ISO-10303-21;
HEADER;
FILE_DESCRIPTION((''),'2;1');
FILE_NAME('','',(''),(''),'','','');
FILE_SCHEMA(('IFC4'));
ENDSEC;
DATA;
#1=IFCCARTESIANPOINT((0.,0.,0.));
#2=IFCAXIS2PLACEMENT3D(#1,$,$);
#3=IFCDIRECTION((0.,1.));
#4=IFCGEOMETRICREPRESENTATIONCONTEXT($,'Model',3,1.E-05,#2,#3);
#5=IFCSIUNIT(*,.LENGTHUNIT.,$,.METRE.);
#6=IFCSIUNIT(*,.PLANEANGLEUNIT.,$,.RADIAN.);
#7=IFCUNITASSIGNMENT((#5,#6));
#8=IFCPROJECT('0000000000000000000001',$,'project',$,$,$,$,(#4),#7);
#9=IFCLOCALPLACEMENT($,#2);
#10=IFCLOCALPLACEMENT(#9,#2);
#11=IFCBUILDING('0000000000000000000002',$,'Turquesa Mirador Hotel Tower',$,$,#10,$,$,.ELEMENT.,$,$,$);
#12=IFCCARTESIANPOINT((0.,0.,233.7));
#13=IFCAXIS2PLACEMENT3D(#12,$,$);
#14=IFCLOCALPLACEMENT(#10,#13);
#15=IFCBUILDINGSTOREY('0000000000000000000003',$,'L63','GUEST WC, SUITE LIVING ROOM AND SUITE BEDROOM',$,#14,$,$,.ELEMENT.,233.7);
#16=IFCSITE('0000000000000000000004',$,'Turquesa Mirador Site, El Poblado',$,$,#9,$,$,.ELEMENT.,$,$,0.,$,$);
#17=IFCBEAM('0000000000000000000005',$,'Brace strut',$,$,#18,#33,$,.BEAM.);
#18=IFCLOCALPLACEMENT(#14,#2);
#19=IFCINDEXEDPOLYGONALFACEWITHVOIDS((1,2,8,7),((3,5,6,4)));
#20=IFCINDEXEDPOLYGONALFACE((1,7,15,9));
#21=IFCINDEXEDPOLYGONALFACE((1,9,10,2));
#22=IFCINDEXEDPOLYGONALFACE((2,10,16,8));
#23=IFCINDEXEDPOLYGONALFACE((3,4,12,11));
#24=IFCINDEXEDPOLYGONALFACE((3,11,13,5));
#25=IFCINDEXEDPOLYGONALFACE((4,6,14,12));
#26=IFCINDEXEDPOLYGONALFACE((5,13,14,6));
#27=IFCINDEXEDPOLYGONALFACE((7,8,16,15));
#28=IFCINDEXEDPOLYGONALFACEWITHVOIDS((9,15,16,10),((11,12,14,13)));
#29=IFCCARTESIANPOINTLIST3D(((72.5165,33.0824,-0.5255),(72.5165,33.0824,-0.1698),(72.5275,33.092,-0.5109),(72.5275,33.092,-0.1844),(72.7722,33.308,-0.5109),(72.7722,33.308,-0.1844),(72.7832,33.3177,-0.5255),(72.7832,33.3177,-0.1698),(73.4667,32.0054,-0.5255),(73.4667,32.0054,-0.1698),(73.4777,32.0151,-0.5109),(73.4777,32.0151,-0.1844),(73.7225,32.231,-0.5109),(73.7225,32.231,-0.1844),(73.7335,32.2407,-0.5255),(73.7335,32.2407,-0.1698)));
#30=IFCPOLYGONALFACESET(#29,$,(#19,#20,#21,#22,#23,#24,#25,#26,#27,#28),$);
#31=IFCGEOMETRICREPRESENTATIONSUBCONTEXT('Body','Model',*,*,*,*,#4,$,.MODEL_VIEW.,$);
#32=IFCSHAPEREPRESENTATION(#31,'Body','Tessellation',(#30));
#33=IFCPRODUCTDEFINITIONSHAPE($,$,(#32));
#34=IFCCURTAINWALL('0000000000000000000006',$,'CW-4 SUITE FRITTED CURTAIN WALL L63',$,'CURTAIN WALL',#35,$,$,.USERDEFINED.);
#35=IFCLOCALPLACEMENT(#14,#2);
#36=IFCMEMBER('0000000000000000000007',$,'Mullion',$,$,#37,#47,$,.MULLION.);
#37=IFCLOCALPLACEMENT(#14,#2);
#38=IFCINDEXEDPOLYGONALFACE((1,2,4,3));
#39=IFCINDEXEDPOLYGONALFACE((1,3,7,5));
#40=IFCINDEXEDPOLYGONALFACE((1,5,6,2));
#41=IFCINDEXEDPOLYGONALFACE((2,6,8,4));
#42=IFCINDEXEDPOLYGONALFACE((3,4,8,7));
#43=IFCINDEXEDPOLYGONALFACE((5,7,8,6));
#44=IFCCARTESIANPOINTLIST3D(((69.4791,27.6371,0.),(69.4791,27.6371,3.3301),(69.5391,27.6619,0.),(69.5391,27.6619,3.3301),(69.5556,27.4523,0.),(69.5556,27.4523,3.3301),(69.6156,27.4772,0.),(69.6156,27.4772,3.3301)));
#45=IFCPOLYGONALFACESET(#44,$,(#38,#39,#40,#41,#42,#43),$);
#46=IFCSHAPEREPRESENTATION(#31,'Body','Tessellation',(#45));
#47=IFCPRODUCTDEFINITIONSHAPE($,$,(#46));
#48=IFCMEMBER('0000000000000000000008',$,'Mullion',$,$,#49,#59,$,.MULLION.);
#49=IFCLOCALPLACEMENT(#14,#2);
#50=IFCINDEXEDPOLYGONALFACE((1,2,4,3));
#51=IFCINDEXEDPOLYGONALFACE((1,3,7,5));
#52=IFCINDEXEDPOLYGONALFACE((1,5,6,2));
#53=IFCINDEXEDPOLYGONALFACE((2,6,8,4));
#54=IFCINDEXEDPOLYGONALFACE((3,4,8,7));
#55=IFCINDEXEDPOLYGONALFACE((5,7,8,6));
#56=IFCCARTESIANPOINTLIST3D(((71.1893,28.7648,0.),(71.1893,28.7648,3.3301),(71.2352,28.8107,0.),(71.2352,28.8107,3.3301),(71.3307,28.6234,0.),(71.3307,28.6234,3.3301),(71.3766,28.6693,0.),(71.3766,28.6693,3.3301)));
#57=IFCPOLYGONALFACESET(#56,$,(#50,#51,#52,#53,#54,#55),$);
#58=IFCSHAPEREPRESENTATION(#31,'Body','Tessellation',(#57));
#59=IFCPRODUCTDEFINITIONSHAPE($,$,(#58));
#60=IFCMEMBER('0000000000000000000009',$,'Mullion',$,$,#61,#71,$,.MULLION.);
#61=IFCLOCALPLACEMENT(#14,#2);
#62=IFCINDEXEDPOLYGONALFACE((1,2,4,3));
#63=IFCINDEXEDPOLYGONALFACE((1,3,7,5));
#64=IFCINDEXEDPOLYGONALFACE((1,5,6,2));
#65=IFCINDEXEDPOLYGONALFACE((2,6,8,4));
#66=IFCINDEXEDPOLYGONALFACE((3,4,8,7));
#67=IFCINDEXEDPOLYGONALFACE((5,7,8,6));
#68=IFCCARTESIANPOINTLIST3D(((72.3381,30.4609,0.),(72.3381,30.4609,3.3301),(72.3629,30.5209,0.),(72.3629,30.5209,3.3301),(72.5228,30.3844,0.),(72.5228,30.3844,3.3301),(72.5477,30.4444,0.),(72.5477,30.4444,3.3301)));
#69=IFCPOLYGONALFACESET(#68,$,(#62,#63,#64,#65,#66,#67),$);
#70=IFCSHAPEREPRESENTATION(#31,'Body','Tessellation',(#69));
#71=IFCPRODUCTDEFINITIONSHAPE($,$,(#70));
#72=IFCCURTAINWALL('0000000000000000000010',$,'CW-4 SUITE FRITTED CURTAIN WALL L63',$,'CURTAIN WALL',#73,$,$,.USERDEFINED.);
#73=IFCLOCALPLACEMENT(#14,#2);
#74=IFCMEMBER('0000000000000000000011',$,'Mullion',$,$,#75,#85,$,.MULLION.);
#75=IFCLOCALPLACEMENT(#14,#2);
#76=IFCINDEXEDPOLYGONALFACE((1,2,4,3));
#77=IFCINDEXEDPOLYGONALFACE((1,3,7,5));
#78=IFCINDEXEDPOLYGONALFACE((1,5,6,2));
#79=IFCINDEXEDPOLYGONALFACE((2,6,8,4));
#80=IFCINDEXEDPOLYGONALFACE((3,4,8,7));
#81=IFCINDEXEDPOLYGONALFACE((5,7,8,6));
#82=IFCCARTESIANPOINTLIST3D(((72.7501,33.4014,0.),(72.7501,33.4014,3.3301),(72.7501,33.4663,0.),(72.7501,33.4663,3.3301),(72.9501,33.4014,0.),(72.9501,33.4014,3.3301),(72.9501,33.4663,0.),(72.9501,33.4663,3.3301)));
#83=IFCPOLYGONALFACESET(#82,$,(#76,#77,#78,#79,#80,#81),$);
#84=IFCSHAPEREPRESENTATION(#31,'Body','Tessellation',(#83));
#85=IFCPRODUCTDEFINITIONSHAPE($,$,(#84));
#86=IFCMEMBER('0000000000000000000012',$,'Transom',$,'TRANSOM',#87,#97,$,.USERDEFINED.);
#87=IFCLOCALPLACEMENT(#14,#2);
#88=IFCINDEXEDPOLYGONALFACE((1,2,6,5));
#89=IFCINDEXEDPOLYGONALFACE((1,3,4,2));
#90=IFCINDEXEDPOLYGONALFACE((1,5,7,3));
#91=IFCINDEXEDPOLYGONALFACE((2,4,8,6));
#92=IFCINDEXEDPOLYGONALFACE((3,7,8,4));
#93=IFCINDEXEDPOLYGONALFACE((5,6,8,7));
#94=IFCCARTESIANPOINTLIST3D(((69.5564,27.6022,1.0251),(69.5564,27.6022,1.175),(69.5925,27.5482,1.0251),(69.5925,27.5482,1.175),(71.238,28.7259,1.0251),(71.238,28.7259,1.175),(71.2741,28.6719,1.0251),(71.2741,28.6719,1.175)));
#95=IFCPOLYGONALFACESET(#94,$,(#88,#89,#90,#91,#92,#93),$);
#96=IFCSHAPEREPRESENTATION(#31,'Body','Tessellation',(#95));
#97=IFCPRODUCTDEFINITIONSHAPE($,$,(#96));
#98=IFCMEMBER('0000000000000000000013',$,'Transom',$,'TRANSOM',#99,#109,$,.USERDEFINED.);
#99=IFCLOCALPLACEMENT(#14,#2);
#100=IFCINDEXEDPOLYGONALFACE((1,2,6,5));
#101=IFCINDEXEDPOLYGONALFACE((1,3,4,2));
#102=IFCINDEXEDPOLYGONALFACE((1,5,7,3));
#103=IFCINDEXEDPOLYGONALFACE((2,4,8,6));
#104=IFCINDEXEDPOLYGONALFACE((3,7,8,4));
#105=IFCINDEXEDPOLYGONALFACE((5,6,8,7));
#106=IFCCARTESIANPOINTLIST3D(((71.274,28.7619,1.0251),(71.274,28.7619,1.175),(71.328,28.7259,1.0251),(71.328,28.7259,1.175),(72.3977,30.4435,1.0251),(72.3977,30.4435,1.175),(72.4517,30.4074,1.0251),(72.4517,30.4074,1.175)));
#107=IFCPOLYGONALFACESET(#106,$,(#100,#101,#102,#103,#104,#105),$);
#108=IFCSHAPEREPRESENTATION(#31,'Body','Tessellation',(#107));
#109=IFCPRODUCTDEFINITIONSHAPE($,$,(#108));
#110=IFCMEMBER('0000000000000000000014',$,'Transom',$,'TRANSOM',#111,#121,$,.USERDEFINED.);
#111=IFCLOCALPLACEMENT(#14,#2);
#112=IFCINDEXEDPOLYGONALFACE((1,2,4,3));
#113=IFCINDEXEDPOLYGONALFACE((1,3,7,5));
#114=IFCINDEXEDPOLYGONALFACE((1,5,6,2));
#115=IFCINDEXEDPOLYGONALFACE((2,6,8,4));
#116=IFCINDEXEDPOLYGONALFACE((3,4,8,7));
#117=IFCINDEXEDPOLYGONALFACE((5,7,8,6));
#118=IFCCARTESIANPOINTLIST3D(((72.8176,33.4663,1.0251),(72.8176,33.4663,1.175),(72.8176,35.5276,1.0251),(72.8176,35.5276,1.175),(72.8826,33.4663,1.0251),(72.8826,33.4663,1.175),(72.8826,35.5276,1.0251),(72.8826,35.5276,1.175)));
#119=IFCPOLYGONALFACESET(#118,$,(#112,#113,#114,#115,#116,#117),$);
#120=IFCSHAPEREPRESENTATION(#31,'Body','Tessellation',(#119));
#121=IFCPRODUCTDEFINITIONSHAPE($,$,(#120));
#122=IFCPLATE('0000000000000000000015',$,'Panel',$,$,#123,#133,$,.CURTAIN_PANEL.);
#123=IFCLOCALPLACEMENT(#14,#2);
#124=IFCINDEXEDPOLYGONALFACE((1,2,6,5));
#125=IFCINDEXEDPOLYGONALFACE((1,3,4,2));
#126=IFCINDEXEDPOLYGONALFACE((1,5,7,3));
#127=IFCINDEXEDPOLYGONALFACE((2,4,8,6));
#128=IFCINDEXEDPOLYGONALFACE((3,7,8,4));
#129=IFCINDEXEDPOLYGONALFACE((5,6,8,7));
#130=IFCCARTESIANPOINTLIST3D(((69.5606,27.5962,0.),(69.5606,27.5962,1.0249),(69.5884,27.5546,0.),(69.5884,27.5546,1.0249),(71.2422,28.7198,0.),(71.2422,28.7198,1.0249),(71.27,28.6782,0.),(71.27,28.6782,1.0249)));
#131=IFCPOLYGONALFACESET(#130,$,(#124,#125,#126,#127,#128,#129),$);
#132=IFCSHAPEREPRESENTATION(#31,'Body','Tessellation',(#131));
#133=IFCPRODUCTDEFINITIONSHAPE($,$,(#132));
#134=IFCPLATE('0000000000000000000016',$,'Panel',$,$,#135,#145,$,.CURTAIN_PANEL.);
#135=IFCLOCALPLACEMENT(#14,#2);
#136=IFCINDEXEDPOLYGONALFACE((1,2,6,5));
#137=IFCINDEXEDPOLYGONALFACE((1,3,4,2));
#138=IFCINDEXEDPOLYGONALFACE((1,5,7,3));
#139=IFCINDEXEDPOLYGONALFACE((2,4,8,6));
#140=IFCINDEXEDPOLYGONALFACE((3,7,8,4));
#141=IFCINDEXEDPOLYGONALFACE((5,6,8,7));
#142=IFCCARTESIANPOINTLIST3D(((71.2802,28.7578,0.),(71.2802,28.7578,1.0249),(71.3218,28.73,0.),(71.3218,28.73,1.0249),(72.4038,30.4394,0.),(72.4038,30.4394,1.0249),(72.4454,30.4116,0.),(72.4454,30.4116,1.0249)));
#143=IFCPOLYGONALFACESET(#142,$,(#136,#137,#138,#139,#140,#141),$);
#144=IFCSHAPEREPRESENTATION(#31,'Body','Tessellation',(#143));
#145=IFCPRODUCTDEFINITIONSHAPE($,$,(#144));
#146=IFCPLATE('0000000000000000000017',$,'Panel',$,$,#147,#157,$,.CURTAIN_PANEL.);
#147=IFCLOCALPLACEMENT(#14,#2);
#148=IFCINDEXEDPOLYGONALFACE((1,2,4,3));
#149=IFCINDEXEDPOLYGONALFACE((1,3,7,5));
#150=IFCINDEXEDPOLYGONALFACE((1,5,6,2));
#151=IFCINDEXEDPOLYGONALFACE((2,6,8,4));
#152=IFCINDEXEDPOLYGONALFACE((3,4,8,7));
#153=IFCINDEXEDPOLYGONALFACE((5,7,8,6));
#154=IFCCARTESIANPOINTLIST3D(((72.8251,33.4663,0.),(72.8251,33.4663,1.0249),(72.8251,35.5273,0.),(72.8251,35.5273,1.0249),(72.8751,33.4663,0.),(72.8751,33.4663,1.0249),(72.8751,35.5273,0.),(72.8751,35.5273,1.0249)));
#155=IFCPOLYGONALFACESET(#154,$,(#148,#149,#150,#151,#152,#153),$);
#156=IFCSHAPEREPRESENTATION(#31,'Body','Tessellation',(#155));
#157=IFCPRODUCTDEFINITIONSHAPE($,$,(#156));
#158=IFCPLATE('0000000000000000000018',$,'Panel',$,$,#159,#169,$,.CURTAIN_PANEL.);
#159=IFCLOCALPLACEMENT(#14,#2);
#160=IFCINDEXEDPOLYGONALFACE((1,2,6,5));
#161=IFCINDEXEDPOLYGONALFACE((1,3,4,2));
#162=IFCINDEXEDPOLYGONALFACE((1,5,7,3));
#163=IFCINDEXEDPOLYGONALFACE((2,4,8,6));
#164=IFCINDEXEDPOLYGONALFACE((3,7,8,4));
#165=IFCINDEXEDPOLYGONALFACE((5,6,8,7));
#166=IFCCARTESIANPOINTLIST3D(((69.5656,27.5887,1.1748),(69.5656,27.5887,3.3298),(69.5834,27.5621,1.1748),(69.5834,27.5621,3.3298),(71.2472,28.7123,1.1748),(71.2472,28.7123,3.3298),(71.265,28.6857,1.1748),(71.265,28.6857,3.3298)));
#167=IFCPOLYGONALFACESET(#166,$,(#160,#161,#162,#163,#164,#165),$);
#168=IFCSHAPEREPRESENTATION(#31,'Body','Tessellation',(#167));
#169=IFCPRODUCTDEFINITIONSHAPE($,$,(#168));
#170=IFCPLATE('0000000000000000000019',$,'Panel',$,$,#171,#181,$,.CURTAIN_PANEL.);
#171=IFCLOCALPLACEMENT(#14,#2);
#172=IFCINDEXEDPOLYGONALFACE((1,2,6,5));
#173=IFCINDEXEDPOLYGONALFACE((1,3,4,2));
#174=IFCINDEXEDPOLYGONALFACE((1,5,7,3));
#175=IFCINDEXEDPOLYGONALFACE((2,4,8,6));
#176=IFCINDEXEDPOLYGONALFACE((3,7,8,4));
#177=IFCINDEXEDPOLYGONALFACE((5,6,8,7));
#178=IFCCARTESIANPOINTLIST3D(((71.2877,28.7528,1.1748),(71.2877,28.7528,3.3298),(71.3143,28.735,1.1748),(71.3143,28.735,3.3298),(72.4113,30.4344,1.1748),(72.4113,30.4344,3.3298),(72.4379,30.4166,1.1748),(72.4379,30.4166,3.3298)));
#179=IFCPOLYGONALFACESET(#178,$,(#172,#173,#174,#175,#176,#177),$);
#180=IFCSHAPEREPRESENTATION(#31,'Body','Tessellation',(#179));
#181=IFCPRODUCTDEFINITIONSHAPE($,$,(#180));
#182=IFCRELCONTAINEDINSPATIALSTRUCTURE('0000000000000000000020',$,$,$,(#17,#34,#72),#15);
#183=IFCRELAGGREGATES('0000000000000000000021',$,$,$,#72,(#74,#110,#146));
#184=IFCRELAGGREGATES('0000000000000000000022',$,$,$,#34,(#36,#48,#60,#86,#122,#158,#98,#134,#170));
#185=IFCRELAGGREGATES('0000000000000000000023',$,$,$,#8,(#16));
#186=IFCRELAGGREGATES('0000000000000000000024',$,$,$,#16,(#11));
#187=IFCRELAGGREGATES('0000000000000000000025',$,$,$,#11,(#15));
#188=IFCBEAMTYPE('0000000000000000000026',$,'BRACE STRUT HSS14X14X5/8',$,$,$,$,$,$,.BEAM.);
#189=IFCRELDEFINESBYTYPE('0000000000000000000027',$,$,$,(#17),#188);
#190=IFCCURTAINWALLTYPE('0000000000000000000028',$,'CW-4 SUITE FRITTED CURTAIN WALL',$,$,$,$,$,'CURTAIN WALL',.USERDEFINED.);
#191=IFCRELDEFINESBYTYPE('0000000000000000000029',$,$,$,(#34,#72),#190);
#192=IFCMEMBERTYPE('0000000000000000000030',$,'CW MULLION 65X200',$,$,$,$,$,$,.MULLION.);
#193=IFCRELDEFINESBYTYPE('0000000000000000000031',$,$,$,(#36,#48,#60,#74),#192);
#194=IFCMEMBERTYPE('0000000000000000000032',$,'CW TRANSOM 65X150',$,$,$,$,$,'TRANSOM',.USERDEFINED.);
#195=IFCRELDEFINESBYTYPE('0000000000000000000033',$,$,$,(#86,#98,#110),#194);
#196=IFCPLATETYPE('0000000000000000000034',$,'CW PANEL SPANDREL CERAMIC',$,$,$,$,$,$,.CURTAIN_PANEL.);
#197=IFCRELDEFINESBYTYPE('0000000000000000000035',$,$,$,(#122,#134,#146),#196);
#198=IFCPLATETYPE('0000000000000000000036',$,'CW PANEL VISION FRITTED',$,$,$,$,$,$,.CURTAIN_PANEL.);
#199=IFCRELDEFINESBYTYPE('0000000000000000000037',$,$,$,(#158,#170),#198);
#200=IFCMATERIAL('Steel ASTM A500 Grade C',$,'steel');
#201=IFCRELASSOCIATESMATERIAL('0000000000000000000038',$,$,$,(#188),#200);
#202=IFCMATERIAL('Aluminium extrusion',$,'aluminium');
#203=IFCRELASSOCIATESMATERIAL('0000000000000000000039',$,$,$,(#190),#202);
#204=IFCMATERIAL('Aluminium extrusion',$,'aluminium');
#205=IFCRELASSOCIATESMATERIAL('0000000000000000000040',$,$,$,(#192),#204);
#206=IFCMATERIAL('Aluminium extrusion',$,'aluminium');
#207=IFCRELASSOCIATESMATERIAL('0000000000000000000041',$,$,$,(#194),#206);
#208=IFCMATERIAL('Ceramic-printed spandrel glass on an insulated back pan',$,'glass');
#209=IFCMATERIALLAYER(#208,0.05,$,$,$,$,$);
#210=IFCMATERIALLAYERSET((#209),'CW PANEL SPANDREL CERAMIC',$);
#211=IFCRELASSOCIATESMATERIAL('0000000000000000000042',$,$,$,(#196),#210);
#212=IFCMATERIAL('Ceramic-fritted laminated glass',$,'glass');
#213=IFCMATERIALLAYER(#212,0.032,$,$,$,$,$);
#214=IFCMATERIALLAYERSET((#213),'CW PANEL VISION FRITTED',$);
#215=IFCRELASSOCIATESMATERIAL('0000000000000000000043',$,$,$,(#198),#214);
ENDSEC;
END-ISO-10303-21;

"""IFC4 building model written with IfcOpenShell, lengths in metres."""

from ifc_helpers import new_model, si_unit, direction, frame, origin, origin_2d, place, context, subcontext, project, spatial, rectangle, hollow_rectangle, extrude, material, layer, layer_set, material_profile, profile_set, type_object, element, aggregate, save


model = new_model("IFC4")

# Units and contexts
model_context = context("Model", 3, precision=1e-05, world=origin(), true_north=direction((0.0, 1.0)))
body_context = subcontext(model_context, "Body", "Model", "MODEL_VIEW")
ifc_project = project(units=[si_unit("LENGTHUNIT", "METRE"), si_unit("PLANEANGLEUNIT", "RADIAN")], contexts=[model_context])

# Site, building, storey
site_placement = place(None, origin())
site = spatial("IfcSite", under=ifc_project, at=site_placement, Name="Turquesa Mirador Site, El Poblado", CompositionType="ELEMENT", RefElevation=0.0)
building_placement = place(site_placement, origin())
building = spatial("IfcBuilding", under=site, at=building_placement, Name="Turquesa Mirador Hotel Tower", CompositionType="ELEMENT")
storey_placement = place(building_placement, frame((0.0, 0.0, 233.7)))
storey = spatial("IfcBuildingStorey", under=building, at=storey_placement, Name="L63", Description="GUEST WC, SUITE LIVING ROOM AND SUITE BEDROOM", CompositionType="ELEMENT", Elevation=233.7)

# Beam
ifc_material_1 = material(Name="Steel ASTM A500 Grade C", Category="steel")
ifc_material_profile_1 = material_profile(ifc_material_1, hollow_rectangle(XDim=0.3557, YDim=0.3557, WallThickness=0.0146, at=origin_2d()), Name="HSS14X14X5/8")
ifc_profile_set_1 = profile_set([ifc_material_profile_1], Name="Steel ASTM A500 Grade C")
beam_type_1 = type_object("IfcBeamType", Name="BRACE STRUT HSS14X14X5/8", PredefinedType="BEAM", material=ifc_profile_set_1)
for number, where, z_axis, x_axis, name in (
    (1, (73.6001, 32.123, -0.3477), (-0.661616, 0.749843, 0.0), (-0.749843, -0.661616, 0.0), "Brace strut"),
):
    element("IfcBeam", number, at=place(storey_placement, frame(where, z_axis=z_axis, x_axis=x_axis)), inside=storey, type_object=beam_type_1, Name=name, PredefinedType="BEAM", context=body_context, shape_type="SweptSolid", body=[
        extrude(hollow_rectangle(XDim=0.3557, YDim=0.3557, WallThickness=0.0146, at=origin_2d()), origin(), (0.0, 0.0, 1.0), 1.4363),
    ])

# Curtain wall, members
ifc_material_2 = material(Name="Aluminium extrusion", Category="aluminium")
curtain_wall_type = type_object("IfcCurtainWallType", Name="CW-4 SUITE FRITTED CURTAIN WALL", ElementType="CURTAIN WALL", PredefinedType="USERDEFINED", material=ifc_material_2)
curtain_wall_1_placement = place(storey_placement, origin())
curtain_wall_1 = element("IfcCurtainWall", 2, at=curtain_wall_1_placement, inside=storey, type_object=curtain_wall_type, Name="CW-4 SUITE FRITTED CURTAIN WALL L63", ObjectType="CURTAIN WALL", PredefinedType="USERDEFINED")
ifc_material_3 = material(Name="Aluminium extrusion", Category="aluminium")
ifc_material_profile_2 = material_profile(ifc_material_3, rectangle(XDim=0.0649, YDim=0.2, at=origin_2d()), Name="MULLION 65X200")
ifc_profile_set_2 = profile_set([ifc_material_profile_2], Name="Aluminium extrusion")
member_type_1 = type_object("IfcMemberType", Name="CW MULLION 65X200", PredefinedType="MULLION", material=ifc_profile_set_2)
member_1_placement = place(storey_placement, frame((69.5474, 27.5571, 0.0), z_axis=(0.0, 0.0, 1.0), x_axis=(0.92388, 0.382683, 0.0)))
member_1 = element("IfcMember", 3, at=member_1_placement, type_object=member_type_1, Name="Mullion", PredefinedType="MULLION", context=body_context, shape_type="SweptSolid", body=[
    extrude(rectangle(XDim=0.0649, YDim=0.2, at=origin_2d()), origin(), (0.0, 0.0, 1.0), 3.3301),
])
member_2_placement = place(storey_placement, frame((71.283, 28.717, 0.0), z_axis=(0.0, 0.0, 1.0), x_axis=(0.707107, 0.707107, 0.0)))
member_2 = element("IfcMember", 4, at=member_2_placement, type_object=member_type_1, Name="Mullion", PredefinedType="MULLION", context=body_context, shape_type="SweptSolid", body=[
    extrude(rectangle(XDim=0.0649, YDim=0.2, at=origin_2d()), origin(), (0.0, 0.0, 1.0), 3.3301),
])
member_3_placement = place(storey_placement, frame((72.4429, 30.4526, 0.0), z_axis=(0.0, 0.0, 1.0), x_axis=(0.382683, 0.92388, 0.0)))
member_3 = element("IfcMember", 5, at=member_3_placement, type_object=member_type_1, Name="Mullion", PredefinedType="MULLION", context=body_context, shape_type="SweptSolid", body=[
    extrude(rectangle(XDim=0.0649, YDim=0.2, at=origin_2d()), origin(), (0.0, 0.0, 1.0), 3.3301),
])

# Curtain wall, member
curtain_wall_2_placement = place(storey_placement, origin())
curtain_wall_2 = element("IfcCurtainWall", 6, at=curtain_wall_2_placement, inside=storey, type_object=curtain_wall_type, Name="CW-4 SUITE FRITTED CURTAIN WALL L63", ObjectType="CURTAIN WALL", PredefinedType="USERDEFINED")
member_4_placement = place(storey_placement, frame((72.8501, 33.4338, 0.0), z_axis=(0.0, 0.0, 1.0), x_axis=(0.0, 1.0, 0.0)))
member_4 = element("IfcMember", 7, at=member_4_placement, type_object=member_type_1, Name="Mullion", PredefinedType="MULLION", context=body_context, shape_type="SweptSolid", body=[
    extrude(rectangle(XDim=0.0649, YDim=0.2, at=origin_2d()), origin(), (0.0, 0.0, 1.0), 3.3301),
])

# Members
ifc_material_4 = material(Name="Aluminium extrusion", Category="aluminium")
ifc_material_profile_3 = material_profile(ifc_material_4, rectangle(XDim=0.0649, YDim=0.1499, at=origin_2d()), Name="TRANSOM 65X150")
ifc_profile_set_3 = profile_set([ifc_material_profile_3], Name="Aluminium extrusion")
member_type_2 = type_object("IfcMemberType", Name="CW TRANSOM 65X150", ElementType="TRANSOM", PredefinedType="USERDEFINED", material=ifc_profile_set_3)
member_5_placement = place(storey_placement, frame((69.5745, 27.5752, 1.1001), z_axis=(0.831437, 0.555619, 0.0), x_axis=(-0.555619, 0.831437, 0.0)))
member_5 = element("IfcMember", 8, at=member_5_placement, type_object=member_type_2, Name="Transom", ObjectType="TRANSOM", PredefinedType="USERDEFINED", context=body_context, shape_type="SweptSolid", body=[
    extrude(rectangle(XDim=0.0649, YDim=0.1499, at=origin_2d()), origin(), (0.0, 0.0, 1.0), 2.0225),
])
member_6_placement = place(storey_placement, frame((71.301, 28.7439, 1.1001), z_axis=(0.555619, 0.831437, 0.0), x_axis=(-0.831437, 0.555619, 0.0)))
member_6 = element("IfcMember", 9, at=member_6_placement, type_object=member_type_2, Name="Transom", ObjectType="TRANSOM", PredefinedType="USERDEFINED", context=body_context, shape_type="SweptSolid", body=[
    extrude(rectangle(XDim=0.0649, YDim=0.1499, at=origin_2d()), origin(), (0.0, 0.0, 1.0), 2.0225),
])
member_7_placement = place(storey_placement, frame((72.8501, 33.4663, 1.1001), z_axis=(0.0, 1.0, 0.0), x_axis=(-1.0, 0.0, 0.0)))
member_7 = element("IfcMember", 10, at=member_7_placement, type_object=member_type_2, Name="Transom", ObjectType="TRANSOM", PredefinedType="USERDEFINED", context=body_context, shape_type="SweptSolid", body=[
    extrude(rectangle(XDim=0.0649, YDim=0.1499, at=origin_2d()), origin(), (0.0, 0.0, 1.0), 2.0613),
])

# Plates
ifc_material_5 = material(Name="Ceramic-printed spandrel glass on an insulated back pan", Category="glass")
ifc_layer_1 = layer(ifc_material_5, 0.05)
ifc_layer_set_1 = layer_set([ifc_layer_1], Name="CW PANEL SPANDREL CERAMIC")
plate_type_1 = type_object("IfcPlateType", Name="CW PANEL SPANDREL CERAMIC", PredefinedType="CURTAIN_PANEL", material=ifc_layer_set_1)
plate_1_placement = place(storey_placement, frame((70.4153, 28.1372, 0.0), z_axis=(0.0, 0.0, 1.0), x_axis=(0.83147, 0.55557, 0.0)))
plate_1 = element("IfcPlate", 11, at=plate_1_placement, type_object=plate_type_1, Name="Panel", PredefinedType="CURTAIN_PANEL", context=body_context, shape_type="SweptSolid", body=[
    extrude(rectangle(XDim=2.0225, YDim=0.05, at=origin_2d()), origin(), (0.0, 0.0, 1.0), 1.0249),
])
plate_2_placement = place(storey_placement, frame((71.8628, 29.5847, 0.0), z_axis=(0.0, 0.0, 1.0), x_axis=(0.55557, 0.83147, 0.0)))
plate_2 = element("IfcPlate", 12, at=plate_2_placement, type_object=plate_type_1, Name="Panel", PredefinedType="CURTAIN_PANEL", context=body_context, shape_type="SweptSolid", body=[
    extrude(rectangle(XDim=2.0225, YDim=0.05, at=origin_2d()), origin(), (0.0, 0.0, 1.0), 1.0249),
])
plate_3_placement = place(storey_placement, frame((72.8501, 34.4968, 0.0), z_axis=(0.0, 0.0, 1.0), x_axis=(0.0, 1.0, 0.0)))
plate_3 = element("IfcPlate", 13, at=plate_3_placement, type_object=plate_type_1, Name="Panel", PredefinedType="CURTAIN_PANEL", context=body_context, shape_type="SweptSolid", body=[
    extrude(rectangle(XDim=2.061, YDim=0.05, at=origin_2d()), origin(), (0.0, 0.0, 1.0), 1.0249),
])
aggregate(curtain_wall_2, [member_4, member_7, plate_3])
ifc_material_6 = material(Name="Ceramic-fritted laminated glass", Category="glass")
ifc_layer_2 = layer(ifc_material_6, 0.032)
ifc_layer_set_2 = layer_set([ifc_layer_2], Name="CW PANEL VISION FRITTED")
plate_type_2 = type_object("IfcPlateType", Name="CW PANEL VISION FRITTED", PredefinedType="CURTAIN_PANEL", material=ifc_layer_set_2)
plate_4_placement = place(storey_placement, frame((70.4153, 28.1372, 1.1748), z_axis=(0.0, 0.0, 1.0), x_axis=(0.83147, 0.55557, 0.0)))
plate_4 = element("IfcPlate", 14, at=plate_4_placement, type_object=plate_type_2, Name="Panel", PredefinedType="CURTAIN_PANEL", context=body_context, shape_type="SweptSolid", body=[
    extrude(rectangle(XDim=2.0225, YDim=0.032, at=origin_2d()), origin(), (0.0, 0.0, 1.0), 2.155),
])
plate_5_placement = place(storey_placement, frame((71.8628, 29.5847, 1.1748), z_axis=(0.0, 0.0, 1.0), x_axis=(0.55557, 0.83147, 0.0)))
plate_5 = element("IfcPlate", 15, at=plate_5_placement, type_object=plate_type_2, Name="Panel", PredefinedType="CURTAIN_PANEL", context=body_context, shape_type="SweptSolid", body=[
    extrude(rectangle(XDim=2.0225, YDim=0.032, at=origin_2d()), origin(), (0.0, 0.0, 1.0), 2.155),
])
aggregate(curtain_wall_1, [member_1, member_2, member_3, member_5, plate_1, plate_4, member_6, plate_2, plate_5])

save(model, "model.ifc")
